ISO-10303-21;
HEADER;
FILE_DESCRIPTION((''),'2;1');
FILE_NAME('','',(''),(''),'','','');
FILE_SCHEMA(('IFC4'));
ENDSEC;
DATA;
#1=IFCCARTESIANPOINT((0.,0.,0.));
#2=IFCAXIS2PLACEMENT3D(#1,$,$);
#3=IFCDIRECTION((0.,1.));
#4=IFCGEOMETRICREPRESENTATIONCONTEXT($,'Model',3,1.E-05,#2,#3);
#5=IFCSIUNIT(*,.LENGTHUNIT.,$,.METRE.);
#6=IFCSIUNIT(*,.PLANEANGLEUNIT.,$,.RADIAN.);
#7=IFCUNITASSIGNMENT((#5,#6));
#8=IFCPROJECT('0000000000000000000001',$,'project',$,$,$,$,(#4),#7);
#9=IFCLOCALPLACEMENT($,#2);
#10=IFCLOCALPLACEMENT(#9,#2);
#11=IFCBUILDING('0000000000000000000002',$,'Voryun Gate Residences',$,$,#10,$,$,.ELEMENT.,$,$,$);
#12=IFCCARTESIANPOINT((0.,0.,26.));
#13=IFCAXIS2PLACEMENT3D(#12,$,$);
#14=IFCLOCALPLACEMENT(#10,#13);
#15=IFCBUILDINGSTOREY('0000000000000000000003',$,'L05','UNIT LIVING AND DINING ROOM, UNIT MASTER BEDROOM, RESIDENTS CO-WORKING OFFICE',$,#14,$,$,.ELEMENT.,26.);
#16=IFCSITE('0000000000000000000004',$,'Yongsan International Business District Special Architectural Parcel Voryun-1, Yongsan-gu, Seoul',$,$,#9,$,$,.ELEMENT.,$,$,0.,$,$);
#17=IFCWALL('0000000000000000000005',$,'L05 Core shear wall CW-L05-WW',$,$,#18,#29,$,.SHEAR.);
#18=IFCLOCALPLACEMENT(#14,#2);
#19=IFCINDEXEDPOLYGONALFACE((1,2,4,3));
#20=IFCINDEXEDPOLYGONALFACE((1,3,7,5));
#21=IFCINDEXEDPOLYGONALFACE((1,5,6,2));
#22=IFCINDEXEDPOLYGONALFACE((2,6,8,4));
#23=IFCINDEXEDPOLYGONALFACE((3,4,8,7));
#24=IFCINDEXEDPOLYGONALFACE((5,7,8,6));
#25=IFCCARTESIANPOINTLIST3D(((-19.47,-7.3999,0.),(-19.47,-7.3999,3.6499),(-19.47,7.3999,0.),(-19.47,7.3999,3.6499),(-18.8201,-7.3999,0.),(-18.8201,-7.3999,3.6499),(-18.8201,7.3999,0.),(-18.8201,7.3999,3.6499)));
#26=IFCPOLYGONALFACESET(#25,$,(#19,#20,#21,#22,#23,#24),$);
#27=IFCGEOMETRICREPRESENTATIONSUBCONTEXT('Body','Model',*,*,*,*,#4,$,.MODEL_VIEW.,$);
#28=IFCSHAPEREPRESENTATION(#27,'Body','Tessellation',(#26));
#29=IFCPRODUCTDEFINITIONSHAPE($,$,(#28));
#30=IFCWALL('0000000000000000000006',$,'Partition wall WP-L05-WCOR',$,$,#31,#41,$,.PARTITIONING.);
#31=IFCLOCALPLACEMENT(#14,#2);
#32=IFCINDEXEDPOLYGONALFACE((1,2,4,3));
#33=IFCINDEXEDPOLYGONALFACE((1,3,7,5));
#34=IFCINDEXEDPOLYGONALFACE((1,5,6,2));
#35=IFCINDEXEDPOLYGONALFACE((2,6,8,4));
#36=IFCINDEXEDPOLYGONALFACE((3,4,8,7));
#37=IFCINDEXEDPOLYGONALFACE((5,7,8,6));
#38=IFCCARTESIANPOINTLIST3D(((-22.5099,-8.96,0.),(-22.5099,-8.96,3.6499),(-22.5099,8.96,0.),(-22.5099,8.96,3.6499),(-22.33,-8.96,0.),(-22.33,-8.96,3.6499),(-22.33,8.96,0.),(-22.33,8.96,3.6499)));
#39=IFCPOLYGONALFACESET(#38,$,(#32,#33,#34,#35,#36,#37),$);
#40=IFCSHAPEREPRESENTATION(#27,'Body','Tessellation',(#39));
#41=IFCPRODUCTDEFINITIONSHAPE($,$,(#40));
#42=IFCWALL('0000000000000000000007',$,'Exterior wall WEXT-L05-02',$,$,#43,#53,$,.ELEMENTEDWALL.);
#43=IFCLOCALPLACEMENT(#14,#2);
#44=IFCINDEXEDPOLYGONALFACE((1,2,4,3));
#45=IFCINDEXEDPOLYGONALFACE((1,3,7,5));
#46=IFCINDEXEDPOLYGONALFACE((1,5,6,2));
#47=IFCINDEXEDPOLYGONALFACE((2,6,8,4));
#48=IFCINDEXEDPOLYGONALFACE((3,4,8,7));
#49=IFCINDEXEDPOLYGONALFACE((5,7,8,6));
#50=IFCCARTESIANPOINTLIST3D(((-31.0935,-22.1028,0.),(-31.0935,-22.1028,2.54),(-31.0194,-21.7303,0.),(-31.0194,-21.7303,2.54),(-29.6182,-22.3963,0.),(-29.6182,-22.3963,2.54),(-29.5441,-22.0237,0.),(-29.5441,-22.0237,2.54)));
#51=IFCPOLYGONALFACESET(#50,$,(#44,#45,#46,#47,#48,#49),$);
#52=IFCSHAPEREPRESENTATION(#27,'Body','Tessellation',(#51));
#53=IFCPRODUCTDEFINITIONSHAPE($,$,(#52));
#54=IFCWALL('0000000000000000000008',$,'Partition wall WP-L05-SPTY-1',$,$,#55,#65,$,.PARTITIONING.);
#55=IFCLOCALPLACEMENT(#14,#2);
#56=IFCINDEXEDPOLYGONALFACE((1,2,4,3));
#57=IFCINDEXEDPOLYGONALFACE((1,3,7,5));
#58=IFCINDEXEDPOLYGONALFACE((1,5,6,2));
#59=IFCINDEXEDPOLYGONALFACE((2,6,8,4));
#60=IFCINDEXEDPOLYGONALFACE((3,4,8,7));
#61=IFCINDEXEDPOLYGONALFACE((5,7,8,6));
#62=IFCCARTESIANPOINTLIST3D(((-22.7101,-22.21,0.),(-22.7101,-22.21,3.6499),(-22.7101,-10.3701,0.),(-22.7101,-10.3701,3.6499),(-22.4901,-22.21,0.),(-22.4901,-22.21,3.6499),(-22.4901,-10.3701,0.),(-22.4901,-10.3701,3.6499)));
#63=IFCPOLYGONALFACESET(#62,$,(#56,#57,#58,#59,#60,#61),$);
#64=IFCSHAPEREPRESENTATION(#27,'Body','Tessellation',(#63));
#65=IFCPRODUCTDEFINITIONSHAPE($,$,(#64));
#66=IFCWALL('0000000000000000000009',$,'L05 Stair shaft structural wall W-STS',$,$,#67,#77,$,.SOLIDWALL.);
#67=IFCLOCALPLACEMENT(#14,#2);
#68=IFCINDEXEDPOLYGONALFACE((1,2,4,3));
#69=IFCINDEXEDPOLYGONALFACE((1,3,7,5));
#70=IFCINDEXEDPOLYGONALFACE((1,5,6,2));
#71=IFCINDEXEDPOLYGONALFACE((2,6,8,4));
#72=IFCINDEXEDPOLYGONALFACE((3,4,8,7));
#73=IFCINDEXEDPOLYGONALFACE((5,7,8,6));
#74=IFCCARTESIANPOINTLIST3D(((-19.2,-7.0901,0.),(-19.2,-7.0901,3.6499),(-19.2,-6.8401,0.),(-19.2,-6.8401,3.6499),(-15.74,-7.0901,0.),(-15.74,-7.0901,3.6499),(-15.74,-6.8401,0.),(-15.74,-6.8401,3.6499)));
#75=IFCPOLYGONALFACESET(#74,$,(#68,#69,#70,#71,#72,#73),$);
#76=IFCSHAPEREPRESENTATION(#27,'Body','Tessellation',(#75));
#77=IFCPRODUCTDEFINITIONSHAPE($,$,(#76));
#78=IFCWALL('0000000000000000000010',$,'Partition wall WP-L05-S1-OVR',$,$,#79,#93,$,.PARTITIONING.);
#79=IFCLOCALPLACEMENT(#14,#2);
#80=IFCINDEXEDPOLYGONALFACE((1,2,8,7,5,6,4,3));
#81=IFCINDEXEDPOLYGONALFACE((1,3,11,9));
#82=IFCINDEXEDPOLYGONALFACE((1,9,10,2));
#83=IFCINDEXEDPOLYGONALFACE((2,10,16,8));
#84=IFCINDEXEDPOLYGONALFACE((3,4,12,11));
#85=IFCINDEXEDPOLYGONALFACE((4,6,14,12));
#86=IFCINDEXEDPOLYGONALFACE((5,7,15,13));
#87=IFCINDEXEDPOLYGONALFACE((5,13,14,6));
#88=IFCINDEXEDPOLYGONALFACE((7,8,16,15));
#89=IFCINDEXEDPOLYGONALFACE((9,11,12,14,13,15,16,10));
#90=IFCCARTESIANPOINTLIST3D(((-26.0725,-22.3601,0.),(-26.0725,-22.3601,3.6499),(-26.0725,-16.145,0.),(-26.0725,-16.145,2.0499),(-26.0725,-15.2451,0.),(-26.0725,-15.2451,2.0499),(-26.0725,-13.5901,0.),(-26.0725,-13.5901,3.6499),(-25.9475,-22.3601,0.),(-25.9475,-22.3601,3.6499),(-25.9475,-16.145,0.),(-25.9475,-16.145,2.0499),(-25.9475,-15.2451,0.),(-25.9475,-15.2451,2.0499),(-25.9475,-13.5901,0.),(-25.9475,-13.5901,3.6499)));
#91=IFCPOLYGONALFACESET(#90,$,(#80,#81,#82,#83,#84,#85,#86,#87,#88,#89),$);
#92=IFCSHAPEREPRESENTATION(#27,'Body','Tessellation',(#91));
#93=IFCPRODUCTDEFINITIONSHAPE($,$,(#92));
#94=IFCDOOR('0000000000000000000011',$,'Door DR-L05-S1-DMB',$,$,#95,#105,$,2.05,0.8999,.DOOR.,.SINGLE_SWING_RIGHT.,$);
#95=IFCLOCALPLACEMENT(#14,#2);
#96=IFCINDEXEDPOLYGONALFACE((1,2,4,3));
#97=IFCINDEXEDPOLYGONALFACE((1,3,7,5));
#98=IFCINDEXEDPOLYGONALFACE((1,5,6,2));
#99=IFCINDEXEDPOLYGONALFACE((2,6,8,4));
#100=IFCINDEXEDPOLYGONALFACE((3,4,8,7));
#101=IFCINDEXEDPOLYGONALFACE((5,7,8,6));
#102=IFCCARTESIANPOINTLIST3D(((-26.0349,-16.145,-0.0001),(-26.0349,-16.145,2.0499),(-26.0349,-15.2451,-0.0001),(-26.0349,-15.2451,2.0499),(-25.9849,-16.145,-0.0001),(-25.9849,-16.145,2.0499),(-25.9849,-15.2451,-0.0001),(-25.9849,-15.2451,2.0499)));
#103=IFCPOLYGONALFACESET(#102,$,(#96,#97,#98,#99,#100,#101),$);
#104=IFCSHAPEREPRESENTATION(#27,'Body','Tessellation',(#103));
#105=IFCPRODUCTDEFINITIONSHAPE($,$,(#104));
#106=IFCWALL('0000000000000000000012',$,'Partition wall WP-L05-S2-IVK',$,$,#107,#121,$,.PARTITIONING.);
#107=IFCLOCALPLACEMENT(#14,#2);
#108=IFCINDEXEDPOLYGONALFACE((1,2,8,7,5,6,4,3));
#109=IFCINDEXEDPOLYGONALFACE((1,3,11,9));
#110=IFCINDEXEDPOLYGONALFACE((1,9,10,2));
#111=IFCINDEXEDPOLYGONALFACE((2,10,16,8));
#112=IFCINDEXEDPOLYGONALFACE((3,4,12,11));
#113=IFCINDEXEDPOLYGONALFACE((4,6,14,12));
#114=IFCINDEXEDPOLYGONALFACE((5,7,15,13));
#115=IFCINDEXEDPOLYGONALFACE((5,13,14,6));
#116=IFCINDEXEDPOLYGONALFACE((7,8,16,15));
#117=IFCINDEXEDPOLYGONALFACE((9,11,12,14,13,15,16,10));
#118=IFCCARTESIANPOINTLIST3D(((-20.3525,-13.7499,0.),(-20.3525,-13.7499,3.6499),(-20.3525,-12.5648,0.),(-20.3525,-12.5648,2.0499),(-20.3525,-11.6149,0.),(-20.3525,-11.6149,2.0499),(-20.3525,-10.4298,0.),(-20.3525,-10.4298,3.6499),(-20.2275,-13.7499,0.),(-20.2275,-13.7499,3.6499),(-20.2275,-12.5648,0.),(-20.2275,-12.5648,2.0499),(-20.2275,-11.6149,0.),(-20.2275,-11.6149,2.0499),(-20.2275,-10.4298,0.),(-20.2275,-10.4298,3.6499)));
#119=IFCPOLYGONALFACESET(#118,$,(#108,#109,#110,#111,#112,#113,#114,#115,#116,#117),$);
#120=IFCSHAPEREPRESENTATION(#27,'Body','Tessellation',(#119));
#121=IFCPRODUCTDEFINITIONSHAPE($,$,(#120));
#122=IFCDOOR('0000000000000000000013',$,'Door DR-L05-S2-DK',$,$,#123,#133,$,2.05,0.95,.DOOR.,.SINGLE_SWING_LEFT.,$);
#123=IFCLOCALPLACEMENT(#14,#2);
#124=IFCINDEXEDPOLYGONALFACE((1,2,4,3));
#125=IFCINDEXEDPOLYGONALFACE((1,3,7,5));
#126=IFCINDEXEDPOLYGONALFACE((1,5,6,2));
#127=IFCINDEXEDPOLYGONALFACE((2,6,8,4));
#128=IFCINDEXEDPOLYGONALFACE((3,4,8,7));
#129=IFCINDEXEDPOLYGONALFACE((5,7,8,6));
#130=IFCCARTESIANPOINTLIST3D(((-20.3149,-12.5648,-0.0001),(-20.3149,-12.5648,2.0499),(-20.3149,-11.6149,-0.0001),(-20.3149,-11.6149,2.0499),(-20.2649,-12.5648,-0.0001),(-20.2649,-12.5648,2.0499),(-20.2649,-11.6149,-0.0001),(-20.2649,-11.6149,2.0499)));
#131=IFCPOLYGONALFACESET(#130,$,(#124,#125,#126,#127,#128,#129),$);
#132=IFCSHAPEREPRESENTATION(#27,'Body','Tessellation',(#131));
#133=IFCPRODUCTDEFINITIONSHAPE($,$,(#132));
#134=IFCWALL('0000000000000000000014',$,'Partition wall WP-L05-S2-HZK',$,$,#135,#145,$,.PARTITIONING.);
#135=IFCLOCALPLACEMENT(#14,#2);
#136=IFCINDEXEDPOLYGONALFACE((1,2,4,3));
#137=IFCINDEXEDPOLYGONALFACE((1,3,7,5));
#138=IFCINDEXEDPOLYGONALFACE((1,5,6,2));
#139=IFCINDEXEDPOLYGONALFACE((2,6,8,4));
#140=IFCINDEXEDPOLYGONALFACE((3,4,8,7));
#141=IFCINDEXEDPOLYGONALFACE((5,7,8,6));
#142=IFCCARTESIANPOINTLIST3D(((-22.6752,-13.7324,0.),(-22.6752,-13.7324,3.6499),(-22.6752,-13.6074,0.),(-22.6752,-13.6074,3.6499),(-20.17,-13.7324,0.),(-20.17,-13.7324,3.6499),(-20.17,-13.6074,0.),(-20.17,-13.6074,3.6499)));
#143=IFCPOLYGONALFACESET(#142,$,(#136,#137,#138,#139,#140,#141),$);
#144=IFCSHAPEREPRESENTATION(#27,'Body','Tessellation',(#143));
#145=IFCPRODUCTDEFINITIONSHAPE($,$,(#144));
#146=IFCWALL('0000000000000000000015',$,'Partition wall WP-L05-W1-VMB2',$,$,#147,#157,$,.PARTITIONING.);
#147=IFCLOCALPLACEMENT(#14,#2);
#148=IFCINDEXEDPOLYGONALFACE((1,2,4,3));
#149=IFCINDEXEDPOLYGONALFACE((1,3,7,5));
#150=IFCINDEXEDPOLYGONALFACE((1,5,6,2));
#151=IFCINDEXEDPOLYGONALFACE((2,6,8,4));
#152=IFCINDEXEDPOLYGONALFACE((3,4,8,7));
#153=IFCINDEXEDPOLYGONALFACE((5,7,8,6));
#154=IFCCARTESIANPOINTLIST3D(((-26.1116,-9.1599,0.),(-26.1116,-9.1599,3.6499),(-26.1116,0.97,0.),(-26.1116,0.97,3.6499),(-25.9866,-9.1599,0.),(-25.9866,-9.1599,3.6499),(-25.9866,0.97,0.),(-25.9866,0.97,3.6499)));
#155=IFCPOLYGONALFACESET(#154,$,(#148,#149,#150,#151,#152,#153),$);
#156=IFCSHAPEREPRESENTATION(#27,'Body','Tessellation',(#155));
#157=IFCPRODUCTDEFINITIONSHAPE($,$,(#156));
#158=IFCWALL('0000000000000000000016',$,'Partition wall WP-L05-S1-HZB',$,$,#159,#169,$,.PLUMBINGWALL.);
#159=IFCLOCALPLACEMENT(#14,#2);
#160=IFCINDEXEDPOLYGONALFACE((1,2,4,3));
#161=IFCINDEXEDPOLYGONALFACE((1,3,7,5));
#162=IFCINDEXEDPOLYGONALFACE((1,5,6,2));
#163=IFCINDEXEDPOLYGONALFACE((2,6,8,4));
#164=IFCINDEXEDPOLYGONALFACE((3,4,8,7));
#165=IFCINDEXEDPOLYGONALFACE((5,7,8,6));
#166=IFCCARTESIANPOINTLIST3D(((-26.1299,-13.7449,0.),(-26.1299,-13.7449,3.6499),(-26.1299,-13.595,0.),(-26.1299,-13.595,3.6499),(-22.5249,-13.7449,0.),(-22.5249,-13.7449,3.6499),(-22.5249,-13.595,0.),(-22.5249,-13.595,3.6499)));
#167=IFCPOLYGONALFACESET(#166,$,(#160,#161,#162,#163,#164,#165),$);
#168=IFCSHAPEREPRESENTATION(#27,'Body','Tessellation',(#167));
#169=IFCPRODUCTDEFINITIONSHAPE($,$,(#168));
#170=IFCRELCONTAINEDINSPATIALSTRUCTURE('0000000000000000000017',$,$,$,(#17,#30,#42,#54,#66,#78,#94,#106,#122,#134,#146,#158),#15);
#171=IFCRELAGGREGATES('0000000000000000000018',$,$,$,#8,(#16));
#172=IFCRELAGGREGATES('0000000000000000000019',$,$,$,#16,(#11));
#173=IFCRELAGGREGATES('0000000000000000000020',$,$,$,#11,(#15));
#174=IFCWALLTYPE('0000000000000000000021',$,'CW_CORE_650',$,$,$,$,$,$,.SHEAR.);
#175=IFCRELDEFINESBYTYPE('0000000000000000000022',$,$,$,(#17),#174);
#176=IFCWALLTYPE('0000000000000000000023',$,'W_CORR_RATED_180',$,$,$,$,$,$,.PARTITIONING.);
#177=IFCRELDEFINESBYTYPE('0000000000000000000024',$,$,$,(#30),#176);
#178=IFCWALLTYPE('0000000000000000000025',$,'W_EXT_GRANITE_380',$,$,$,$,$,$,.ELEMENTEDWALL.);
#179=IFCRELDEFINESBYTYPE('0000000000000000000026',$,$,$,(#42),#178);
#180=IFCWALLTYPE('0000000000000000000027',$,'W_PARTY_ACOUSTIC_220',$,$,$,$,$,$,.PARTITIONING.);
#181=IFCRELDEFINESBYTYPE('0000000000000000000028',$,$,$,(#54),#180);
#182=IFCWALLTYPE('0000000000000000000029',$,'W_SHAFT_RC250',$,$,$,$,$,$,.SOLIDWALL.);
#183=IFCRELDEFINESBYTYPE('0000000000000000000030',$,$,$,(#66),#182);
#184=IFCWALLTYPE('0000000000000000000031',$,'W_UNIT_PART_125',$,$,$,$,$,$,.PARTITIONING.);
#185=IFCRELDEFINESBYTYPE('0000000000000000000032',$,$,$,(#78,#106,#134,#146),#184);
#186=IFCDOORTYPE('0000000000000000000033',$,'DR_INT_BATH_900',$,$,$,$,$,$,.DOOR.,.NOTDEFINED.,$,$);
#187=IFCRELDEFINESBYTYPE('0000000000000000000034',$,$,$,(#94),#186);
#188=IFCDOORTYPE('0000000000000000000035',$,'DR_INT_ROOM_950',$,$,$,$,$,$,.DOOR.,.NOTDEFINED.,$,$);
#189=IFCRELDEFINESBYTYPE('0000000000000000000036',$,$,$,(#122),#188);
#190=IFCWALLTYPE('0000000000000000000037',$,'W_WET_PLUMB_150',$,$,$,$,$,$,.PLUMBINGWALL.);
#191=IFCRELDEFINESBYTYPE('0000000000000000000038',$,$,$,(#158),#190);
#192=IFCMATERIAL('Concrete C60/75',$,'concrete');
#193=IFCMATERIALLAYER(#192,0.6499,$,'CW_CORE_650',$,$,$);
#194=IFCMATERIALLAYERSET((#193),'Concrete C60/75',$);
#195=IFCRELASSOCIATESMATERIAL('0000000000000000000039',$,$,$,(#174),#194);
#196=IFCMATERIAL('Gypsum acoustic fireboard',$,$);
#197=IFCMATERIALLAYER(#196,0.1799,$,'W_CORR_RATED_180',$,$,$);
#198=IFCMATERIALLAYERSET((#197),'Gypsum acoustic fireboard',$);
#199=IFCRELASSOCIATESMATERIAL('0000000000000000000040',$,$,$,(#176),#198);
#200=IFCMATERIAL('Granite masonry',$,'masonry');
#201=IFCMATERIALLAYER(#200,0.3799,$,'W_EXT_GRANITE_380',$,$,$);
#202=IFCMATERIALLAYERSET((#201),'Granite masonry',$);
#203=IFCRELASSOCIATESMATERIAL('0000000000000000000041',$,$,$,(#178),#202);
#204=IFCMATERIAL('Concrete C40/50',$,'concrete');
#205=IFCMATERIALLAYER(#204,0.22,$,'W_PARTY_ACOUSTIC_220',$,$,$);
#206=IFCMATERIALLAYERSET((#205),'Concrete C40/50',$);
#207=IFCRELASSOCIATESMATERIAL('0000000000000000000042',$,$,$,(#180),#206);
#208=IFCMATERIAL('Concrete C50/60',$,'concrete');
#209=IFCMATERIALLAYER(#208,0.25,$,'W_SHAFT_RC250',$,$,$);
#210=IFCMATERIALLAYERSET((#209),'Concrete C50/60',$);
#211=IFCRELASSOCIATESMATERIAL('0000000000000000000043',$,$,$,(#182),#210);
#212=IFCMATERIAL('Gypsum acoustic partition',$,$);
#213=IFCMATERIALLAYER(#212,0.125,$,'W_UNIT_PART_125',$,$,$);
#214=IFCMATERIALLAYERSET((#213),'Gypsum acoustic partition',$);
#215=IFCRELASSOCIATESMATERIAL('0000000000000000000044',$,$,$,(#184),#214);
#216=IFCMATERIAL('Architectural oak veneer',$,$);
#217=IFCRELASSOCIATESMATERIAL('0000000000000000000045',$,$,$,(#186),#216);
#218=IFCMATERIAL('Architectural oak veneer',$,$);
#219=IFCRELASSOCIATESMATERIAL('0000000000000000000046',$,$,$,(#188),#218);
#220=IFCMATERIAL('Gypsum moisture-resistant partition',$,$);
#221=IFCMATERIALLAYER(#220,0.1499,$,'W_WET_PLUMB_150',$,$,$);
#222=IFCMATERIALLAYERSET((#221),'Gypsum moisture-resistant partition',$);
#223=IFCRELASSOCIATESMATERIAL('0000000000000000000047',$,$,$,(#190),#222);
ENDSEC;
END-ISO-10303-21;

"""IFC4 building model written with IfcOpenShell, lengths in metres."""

from ifc_helpers import new_model, si_unit, direction, frame, frame_2d, origin, place, context, subcontext, project, spatial, rectangle, extrude, material, layer, layer_set, type_object, element, fill, save


model = new_model("IFC4")

# Units and contexts
model_context = context("Model", 3, precision=1e-05, world=origin(), true_north=direction((0.0, 1.0)))
body_context = subcontext(model_context, "Body", "Model", "MODEL_VIEW")
ifc_project = project(units=[si_unit("LENGTHUNIT", "METRE"), si_unit("PLANEANGLEUNIT", "RADIAN")], contexts=[model_context])

# Site, building, storey
site_placement = place(None, origin())
site = spatial("IfcSite", under=ifc_project, at=site_placement, Name="Yongsan International Business District Special Architectural Parcel Voryun-1, Yongsan-gu, Seoul", CompositionType="ELEMENT", RefElevation=0.0)
building_placement = place(site_placement, origin())
building = spatial("IfcBuilding", under=site, at=building_placement, Name="Voryun Gate Residences", CompositionType="ELEMENT")
storey_placement = place(building_placement, frame((0.0, 0.0, 26.0)))
storey = spatial("IfcBuildingStorey", under=building, at=storey_placement, Name="L05", Description="UNIT LIVING AND DINING ROOM, UNIT MASTER BEDROOM, RESIDENTS CO-WORKING OFFICE", CompositionType="ELEMENT", Elevation=26.0)

# Walls
ifc_material_1 = material(Name="Concrete C60/75", Category="concrete")
ifc_layer_1 = layer(ifc_material_1, 0.6499, Name="CW_CORE_650")
ifc_layer_set_1 = layer_set([ifc_layer_1], Name="Concrete C60/75")
wall_type_1 = type_object("IfcWallType", Name="CW_CORE_650", PredefinedType="SHEAR", material=ifc_layer_set_1)
wall_1_placement = place(storey_placement, frame((-19.145, -7.3999, 0.0), z_axis=(0.0, 0.0, 1.0), x_axis=(0.0, 1.0, 0.0)))
element("IfcWall", 1, at=wall_1_placement, inside=storey, type_object=wall_type_1, Name="L05 Core shear wall CW-L05-WW", PredefinedType="SHEAR", context=body_context, shape_type="SweptSolid", body=[
    extrude(rectangle(XDim=14.7998, YDim=0.6499, at=frame_2d((7.3999, 0.0))), origin(), (0.0, 0.0, 1.0), 3.6499),
])
ifc_material_2 = material(Name="Gypsum acoustic fireboard")
ifc_layer_2 = layer(ifc_material_2, 0.1799, Name="W_CORR_RATED_180")
ifc_layer_set_2 = layer_set([ifc_layer_2], Name="Gypsum acoustic fireboard")
wall_type_2 = type_object("IfcWallType", Name="W_CORR_RATED_180", PredefinedType="PARTITIONING", material=ifc_layer_set_2)
wall_2_placement = place(storey_placement, frame((-22.4199, -8.96, 0.0), z_axis=(0.0, 0.0, 1.0), x_axis=(0.0, 1.0, 0.0)))
element("IfcWall", 2, at=wall_2_placement, inside=storey, type_object=wall_type_2, Name="Partition wall WP-L05-WCOR", PredefinedType="PARTITIONING", context=body_context, shape_type="SweptSolid", body=[
    extrude(rectangle(XDim=17.9199, YDim=0.1799, at=frame_2d((8.96, 0.0))), origin(), (0.0, 0.0, 1.0), 3.6499),
])
ifc_material_3 = material(Name="Granite masonry", Category="masonry")
ifc_layer_3 = layer(ifc_material_3, 0.3799, Name="W_EXT_GRANITE_380")
ifc_layer_set_3 = layer_set([ifc_layer_3], Name="Granite masonry")
wall_type_3 = type_object("IfcWallType", Name="W_EXT_GRANITE_380", PredefinedType="ELEMENTEDWALL", material=ifc_layer_set_3)
wall_3_placement = place(storey_placement, frame((-29.5813, -22.21, 0.0), z_axis=(0.0, 0.0, 1.0), x_axis=(-0.980786, 0.195086, 0.0)))
element("IfcWall", 3, at=wall_3_placement, inside=storey, type_object=wall_type_3, Name="Exterior wall WEXT-L05-02", PredefinedType="ELEMENTEDWALL", context=body_context, shape_type="SweptSolid", body=[
    extrude(rectangle(XDim=1.5042, YDim=0.3799, at=frame_2d((0.752, 0.0))), origin(), (0.0, 0.0, 1.0), 2.54),
])
ifc_material_4 = material(Name="Concrete C40/50", Category="concrete")
ifc_layer_4 = layer(ifc_material_4, 0.22, Name="W_PARTY_ACOUSTIC_220")
ifc_layer_set_4 = layer_set([ifc_layer_4], Name="Concrete C40/50")
wall_type_4 = type_object("IfcWallType", Name="W_PARTY_ACOUSTIC_220", PredefinedType="PARTITIONING", material=ifc_layer_set_4)
wall_4_placement = place(storey_placement, frame((-22.6001, -22.21, 0.0), z_axis=(0.0, 0.0, 1.0), x_axis=(0.0, 1.0, 0.0)))
element("IfcWall", 4, at=wall_4_placement, inside=storey, type_object=wall_type_4, Name="Partition wall WP-L05-SPTY-1", PredefinedType="PARTITIONING", context=body_context, shape_type="SweptSolid", body=[
    extrude(rectangle(XDim=11.8398, YDim=0.22, at=frame_2d((5.9199, 0.0))), origin(), (0.0, 0.0, 1.0), 3.6499),
])
ifc_material_5 = material(Name="Concrete C50/60", Category="concrete")
ifc_layer_5 = layer(ifc_material_5, 0.25, Name="W_SHAFT_RC250")
ifc_layer_set_5 = layer_set([ifc_layer_5], Name="Concrete C50/60")
wall_type_5 = type_object("IfcWallType", Name="W_SHAFT_RC250", PredefinedType="SOLIDWALL", material=ifc_layer_set_5)
wall_5_placement = place(storey_placement, frame((-19.2, -6.9651, 0.0), z_axis=(0.0, 0.0, 1.0), x_axis=(1.0, 0.0, 0.0)))
element("IfcWall", 5, at=wall_5_placement, inside=storey, type_object=wall_type_5, Name="L05 Stair shaft structural wall W-STS", PredefinedType="SOLIDWALL", context=body_context, shape_type="SweptSolid", body=[
    extrude(rectangle(XDim=3.46, YDim=0.25, at=frame_2d((1.73, 0.0))), origin(), (0.0, 0.0, 1.0), 3.6499),
])

# Walls, openings, doors
ifc_material_6 = material(Name="Gypsum acoustic partition")
ifc_layer_6 = layer(ifc_material_6, 0.125, Name="W_UNIT_PART_125")
ifc_layer_set_6 = layer_set([ifc_layer_6], Name="Gypsum acoustic partition")
wall_type_6 = type_object("IfcWallType", Name="W_UNIT_PART_125", PredefinedType="PARTITIONING", material=ifc_layer_set_6)
wall_6_placement = place(storey_placement, frame((-26.01, -22.3601, 0.0), z_axis=(0.0, 0.0, 1.0), x_axis=(0.0, 1.0, 0.0)))
wall_6 = element("IfcWall", 6, at=wall_6_placement, inside=storey, type_object=wall_type_6, Name="Partition wall WP-L05-S1-OVR", PredefinedType="PARTITIONING", context=body_context, shape_type="SweptSolid", body=[
    extrude(rectangle(XDim=8.77, YDim=0.125, at=frame_2d((4.385, 0.0))), origin(), (0.0, 0.0, 1.0), 3.6499),
])
opening_1_placement = place(wall_6_placement, frame((6.2151, 0.0, 0.0)))
opening_1 = element("IfcOpeningElement", 7, at=opening_1_placement, cuts=wall_6, PredefinedType="OPENING", context=body_context, shape_type="SweptSolid", body=[
    extrude(rectangle(XDim=0.8999, YDim=2.05, at=frame_2d((0.45, 1.0249))), frame((0.0, 0.0725, 0.0), z_axis=(0.0, -1.0, 0.0), x_axis=(1.0, 0.0, 0.0)), (0.0, 0.0, 1.0), 0.145),
])
ifc_material_7 = material(Name="Architectural oak veneer")
door_type_1 = type_object("IfcDoorType", Name="DR_INT_BATH_900", OperationType="NOTDEFINED", PredefinedType="DOOR", material=ifc_material_7)
door_1_placement = place(opening_1_placement, origin())
door_1 = element("IfcDoor", 8, at=door_1_placement, inside=storey, type_object=door_type_1, Name="Door DR-L05-S1-DMB", OperationType="SINGLE_SWING_RIGHT", OverallHeight=2.05, OverallWidth=0.8999, PredefinedType="DOOR", context=body_context, shape_type="SweptSolid", body=[
    extrude(rectangle(XDim=0.8999, YDim=2.05, at=frame_2d((0.45, 1.0249))), frame((0.0, 0.0249, 0.0), z_axis=(0.0, -1.0, 0.0), x_axis=(1.0, 0.0, 0.0)), (0.0, 0.0, 1.0), 0.05),
])
fill(opening_1, door_1)
wall_7_placement = place(storey_placement, frame((-20.29, -13.75, 0.0), z_axis=(0.0, 0.0, 1.0), x_axis=(0.0, 1.0, 0.0)))
wall_7 = element("IfcWall", 9, at=wall_7_placement, inside=storey, type_object=wall_type_6, Name="Partition wall WP-L05-S2-IVK", PredefinedType="PARTITIONING", context=body_context, shape_type="SweptSolid", body=[
    extrude(rectangle(XDim=3.3201, YDim=0.125, at=frame_2d((1.6602, 0.0))), origin(), (0.0, 0.0, 1.0), 3.6499),
])
opening_2_placement = place(wall_7_placement, frame((1.1851, 0.0, 0.0)))
opening_2 = element("IfcOpeningElement", 10, at=opening_2_placement, cuts=wall_7, PredefinedType="OPENING", context=body_context, shape_type="SweptSolid", body=[
    extrude(rectangle(XDim=0.95, YDim=2.05, at=frame_2d((0.4751, 1.0249))), frame((0.0, 0.0725, 0.0), z_axis=(0.0, -1.0, 0.0), x_axis=(1.0, 0.0, 0.0)), (0.0, 0.0, 1.0), 0.145),
])
ifc_material_8 = material(Name="Architectural oak veneer")
door_type_2 = type_object("IfcDoorType", Name="DR_INT_ROOM_950", OperationType="NOTDEFINED", PredefinedType="DOOR", material=ifc_material_8)
door_2_placement = place(opening_2_placement, origin())
door_2 = element("IfcDoor", 11, at=door_2_placement, inside=storey, type_object=door_type_2, Name="Door DR-L05-S2-DK", OperationType="SINGLE_SWING_LEFT", OverallHeight=2.05, OverallWidth=0.95, PredefinedType="DOOR", context=body_context, shape_type="SweptSolid", body=[
    extrude(rectangle(XDim=0.95, YDim=2.05, at=frame_2d((0.4751, 1.0249))), frame((0.0, 0.0249, 0.0), z_axis=(0.0, -1.0, 0.0), x_axis=(1.0, 0.0, 0.0)), (0.0, 0.0, 1.0), 0.05),
])
fill(opening_2, door_2)

# Walls
wall_8_placement = place(storey_placement, frame((-22.675, -13.6699, 0.0), z_axis=(0.0, 0.0, 1.0), x_axis=(1.0, 0.0, 0.0)))
element("IfcWall", 12, at=wall_8_placement, inside=storey, type_object=wall_type_6, Name="Partition wall WP-L05-S2-HZK", PredefinedType="PARTITIONING", context=body_context, shape_type="SweptSolid", body=[
    extrude(rectangle(XDim=2.5051, YDim=0.125, at=frame_2d((1.2524, 0.0))), origin(), (0.0, 0.0, 1.0), 3.6499),
])
wall_9_placement = place(storey_placement, frame((-26.0491, -9.1599, 0.0), z_axis=(0.0, 0.0, 1.0), x_axis=(0.0, 1.0, 0.0)))
element("IfcWall", 13, at=wall_9_placement, inside=storey, type_object=wall_type_6, Name="Partition wall WP-L05-W1-VMB2", PredefinedType="PARTITIONING", context=body_context, shape_type="SweptSolid", body=[
    extrude(rectangle(XDim=10.1299, YDim=0.125, at=frame_2d((5.0649, 0.0))), origin(), (0.0, 0.0, 1.0), 3.6499),
])
ifc_material_9 = material(Name="Gypsum moisture-resistant partition")
ifc_layer_7 = layer(ifc_material_9, 0.1499, Name="W_WET_PLUMB_150")
ifc_layer_set_7 = layer_set([ifc_layer_7], Name="Gypsum moisture-resistant partition")
wall_type_7 = type_object("IfcWallType", Name="W_WET_PLUMB_150", PredefinedType="PLUMBINGWALL", material=ifc_layer_set_7)
wall_10_placement = place(storey_placement, frame((-26.1299, -13.6699, 0.0), z_axis=(0.0, 0.0, 1.0), x_axis=(1.0, 0.0, 0.0)))
element("IfcWall", 14, at=wall_10_placement, inside=storey, type_object=wall_type_7, Name="Partition wall WP-L05-S1-HZB", PredefinedType="PLUMBINGWALL", context=body_context, shape_type="SweptSolid", body=[
    extrude(rectangle(XDim=3.605, YDim=0.1499, at=frame_2d((1.8025, 0.0))), origin(), (0.0, 0.0, 1.0), 3.6499),
])

save(model, "model.ifc")
